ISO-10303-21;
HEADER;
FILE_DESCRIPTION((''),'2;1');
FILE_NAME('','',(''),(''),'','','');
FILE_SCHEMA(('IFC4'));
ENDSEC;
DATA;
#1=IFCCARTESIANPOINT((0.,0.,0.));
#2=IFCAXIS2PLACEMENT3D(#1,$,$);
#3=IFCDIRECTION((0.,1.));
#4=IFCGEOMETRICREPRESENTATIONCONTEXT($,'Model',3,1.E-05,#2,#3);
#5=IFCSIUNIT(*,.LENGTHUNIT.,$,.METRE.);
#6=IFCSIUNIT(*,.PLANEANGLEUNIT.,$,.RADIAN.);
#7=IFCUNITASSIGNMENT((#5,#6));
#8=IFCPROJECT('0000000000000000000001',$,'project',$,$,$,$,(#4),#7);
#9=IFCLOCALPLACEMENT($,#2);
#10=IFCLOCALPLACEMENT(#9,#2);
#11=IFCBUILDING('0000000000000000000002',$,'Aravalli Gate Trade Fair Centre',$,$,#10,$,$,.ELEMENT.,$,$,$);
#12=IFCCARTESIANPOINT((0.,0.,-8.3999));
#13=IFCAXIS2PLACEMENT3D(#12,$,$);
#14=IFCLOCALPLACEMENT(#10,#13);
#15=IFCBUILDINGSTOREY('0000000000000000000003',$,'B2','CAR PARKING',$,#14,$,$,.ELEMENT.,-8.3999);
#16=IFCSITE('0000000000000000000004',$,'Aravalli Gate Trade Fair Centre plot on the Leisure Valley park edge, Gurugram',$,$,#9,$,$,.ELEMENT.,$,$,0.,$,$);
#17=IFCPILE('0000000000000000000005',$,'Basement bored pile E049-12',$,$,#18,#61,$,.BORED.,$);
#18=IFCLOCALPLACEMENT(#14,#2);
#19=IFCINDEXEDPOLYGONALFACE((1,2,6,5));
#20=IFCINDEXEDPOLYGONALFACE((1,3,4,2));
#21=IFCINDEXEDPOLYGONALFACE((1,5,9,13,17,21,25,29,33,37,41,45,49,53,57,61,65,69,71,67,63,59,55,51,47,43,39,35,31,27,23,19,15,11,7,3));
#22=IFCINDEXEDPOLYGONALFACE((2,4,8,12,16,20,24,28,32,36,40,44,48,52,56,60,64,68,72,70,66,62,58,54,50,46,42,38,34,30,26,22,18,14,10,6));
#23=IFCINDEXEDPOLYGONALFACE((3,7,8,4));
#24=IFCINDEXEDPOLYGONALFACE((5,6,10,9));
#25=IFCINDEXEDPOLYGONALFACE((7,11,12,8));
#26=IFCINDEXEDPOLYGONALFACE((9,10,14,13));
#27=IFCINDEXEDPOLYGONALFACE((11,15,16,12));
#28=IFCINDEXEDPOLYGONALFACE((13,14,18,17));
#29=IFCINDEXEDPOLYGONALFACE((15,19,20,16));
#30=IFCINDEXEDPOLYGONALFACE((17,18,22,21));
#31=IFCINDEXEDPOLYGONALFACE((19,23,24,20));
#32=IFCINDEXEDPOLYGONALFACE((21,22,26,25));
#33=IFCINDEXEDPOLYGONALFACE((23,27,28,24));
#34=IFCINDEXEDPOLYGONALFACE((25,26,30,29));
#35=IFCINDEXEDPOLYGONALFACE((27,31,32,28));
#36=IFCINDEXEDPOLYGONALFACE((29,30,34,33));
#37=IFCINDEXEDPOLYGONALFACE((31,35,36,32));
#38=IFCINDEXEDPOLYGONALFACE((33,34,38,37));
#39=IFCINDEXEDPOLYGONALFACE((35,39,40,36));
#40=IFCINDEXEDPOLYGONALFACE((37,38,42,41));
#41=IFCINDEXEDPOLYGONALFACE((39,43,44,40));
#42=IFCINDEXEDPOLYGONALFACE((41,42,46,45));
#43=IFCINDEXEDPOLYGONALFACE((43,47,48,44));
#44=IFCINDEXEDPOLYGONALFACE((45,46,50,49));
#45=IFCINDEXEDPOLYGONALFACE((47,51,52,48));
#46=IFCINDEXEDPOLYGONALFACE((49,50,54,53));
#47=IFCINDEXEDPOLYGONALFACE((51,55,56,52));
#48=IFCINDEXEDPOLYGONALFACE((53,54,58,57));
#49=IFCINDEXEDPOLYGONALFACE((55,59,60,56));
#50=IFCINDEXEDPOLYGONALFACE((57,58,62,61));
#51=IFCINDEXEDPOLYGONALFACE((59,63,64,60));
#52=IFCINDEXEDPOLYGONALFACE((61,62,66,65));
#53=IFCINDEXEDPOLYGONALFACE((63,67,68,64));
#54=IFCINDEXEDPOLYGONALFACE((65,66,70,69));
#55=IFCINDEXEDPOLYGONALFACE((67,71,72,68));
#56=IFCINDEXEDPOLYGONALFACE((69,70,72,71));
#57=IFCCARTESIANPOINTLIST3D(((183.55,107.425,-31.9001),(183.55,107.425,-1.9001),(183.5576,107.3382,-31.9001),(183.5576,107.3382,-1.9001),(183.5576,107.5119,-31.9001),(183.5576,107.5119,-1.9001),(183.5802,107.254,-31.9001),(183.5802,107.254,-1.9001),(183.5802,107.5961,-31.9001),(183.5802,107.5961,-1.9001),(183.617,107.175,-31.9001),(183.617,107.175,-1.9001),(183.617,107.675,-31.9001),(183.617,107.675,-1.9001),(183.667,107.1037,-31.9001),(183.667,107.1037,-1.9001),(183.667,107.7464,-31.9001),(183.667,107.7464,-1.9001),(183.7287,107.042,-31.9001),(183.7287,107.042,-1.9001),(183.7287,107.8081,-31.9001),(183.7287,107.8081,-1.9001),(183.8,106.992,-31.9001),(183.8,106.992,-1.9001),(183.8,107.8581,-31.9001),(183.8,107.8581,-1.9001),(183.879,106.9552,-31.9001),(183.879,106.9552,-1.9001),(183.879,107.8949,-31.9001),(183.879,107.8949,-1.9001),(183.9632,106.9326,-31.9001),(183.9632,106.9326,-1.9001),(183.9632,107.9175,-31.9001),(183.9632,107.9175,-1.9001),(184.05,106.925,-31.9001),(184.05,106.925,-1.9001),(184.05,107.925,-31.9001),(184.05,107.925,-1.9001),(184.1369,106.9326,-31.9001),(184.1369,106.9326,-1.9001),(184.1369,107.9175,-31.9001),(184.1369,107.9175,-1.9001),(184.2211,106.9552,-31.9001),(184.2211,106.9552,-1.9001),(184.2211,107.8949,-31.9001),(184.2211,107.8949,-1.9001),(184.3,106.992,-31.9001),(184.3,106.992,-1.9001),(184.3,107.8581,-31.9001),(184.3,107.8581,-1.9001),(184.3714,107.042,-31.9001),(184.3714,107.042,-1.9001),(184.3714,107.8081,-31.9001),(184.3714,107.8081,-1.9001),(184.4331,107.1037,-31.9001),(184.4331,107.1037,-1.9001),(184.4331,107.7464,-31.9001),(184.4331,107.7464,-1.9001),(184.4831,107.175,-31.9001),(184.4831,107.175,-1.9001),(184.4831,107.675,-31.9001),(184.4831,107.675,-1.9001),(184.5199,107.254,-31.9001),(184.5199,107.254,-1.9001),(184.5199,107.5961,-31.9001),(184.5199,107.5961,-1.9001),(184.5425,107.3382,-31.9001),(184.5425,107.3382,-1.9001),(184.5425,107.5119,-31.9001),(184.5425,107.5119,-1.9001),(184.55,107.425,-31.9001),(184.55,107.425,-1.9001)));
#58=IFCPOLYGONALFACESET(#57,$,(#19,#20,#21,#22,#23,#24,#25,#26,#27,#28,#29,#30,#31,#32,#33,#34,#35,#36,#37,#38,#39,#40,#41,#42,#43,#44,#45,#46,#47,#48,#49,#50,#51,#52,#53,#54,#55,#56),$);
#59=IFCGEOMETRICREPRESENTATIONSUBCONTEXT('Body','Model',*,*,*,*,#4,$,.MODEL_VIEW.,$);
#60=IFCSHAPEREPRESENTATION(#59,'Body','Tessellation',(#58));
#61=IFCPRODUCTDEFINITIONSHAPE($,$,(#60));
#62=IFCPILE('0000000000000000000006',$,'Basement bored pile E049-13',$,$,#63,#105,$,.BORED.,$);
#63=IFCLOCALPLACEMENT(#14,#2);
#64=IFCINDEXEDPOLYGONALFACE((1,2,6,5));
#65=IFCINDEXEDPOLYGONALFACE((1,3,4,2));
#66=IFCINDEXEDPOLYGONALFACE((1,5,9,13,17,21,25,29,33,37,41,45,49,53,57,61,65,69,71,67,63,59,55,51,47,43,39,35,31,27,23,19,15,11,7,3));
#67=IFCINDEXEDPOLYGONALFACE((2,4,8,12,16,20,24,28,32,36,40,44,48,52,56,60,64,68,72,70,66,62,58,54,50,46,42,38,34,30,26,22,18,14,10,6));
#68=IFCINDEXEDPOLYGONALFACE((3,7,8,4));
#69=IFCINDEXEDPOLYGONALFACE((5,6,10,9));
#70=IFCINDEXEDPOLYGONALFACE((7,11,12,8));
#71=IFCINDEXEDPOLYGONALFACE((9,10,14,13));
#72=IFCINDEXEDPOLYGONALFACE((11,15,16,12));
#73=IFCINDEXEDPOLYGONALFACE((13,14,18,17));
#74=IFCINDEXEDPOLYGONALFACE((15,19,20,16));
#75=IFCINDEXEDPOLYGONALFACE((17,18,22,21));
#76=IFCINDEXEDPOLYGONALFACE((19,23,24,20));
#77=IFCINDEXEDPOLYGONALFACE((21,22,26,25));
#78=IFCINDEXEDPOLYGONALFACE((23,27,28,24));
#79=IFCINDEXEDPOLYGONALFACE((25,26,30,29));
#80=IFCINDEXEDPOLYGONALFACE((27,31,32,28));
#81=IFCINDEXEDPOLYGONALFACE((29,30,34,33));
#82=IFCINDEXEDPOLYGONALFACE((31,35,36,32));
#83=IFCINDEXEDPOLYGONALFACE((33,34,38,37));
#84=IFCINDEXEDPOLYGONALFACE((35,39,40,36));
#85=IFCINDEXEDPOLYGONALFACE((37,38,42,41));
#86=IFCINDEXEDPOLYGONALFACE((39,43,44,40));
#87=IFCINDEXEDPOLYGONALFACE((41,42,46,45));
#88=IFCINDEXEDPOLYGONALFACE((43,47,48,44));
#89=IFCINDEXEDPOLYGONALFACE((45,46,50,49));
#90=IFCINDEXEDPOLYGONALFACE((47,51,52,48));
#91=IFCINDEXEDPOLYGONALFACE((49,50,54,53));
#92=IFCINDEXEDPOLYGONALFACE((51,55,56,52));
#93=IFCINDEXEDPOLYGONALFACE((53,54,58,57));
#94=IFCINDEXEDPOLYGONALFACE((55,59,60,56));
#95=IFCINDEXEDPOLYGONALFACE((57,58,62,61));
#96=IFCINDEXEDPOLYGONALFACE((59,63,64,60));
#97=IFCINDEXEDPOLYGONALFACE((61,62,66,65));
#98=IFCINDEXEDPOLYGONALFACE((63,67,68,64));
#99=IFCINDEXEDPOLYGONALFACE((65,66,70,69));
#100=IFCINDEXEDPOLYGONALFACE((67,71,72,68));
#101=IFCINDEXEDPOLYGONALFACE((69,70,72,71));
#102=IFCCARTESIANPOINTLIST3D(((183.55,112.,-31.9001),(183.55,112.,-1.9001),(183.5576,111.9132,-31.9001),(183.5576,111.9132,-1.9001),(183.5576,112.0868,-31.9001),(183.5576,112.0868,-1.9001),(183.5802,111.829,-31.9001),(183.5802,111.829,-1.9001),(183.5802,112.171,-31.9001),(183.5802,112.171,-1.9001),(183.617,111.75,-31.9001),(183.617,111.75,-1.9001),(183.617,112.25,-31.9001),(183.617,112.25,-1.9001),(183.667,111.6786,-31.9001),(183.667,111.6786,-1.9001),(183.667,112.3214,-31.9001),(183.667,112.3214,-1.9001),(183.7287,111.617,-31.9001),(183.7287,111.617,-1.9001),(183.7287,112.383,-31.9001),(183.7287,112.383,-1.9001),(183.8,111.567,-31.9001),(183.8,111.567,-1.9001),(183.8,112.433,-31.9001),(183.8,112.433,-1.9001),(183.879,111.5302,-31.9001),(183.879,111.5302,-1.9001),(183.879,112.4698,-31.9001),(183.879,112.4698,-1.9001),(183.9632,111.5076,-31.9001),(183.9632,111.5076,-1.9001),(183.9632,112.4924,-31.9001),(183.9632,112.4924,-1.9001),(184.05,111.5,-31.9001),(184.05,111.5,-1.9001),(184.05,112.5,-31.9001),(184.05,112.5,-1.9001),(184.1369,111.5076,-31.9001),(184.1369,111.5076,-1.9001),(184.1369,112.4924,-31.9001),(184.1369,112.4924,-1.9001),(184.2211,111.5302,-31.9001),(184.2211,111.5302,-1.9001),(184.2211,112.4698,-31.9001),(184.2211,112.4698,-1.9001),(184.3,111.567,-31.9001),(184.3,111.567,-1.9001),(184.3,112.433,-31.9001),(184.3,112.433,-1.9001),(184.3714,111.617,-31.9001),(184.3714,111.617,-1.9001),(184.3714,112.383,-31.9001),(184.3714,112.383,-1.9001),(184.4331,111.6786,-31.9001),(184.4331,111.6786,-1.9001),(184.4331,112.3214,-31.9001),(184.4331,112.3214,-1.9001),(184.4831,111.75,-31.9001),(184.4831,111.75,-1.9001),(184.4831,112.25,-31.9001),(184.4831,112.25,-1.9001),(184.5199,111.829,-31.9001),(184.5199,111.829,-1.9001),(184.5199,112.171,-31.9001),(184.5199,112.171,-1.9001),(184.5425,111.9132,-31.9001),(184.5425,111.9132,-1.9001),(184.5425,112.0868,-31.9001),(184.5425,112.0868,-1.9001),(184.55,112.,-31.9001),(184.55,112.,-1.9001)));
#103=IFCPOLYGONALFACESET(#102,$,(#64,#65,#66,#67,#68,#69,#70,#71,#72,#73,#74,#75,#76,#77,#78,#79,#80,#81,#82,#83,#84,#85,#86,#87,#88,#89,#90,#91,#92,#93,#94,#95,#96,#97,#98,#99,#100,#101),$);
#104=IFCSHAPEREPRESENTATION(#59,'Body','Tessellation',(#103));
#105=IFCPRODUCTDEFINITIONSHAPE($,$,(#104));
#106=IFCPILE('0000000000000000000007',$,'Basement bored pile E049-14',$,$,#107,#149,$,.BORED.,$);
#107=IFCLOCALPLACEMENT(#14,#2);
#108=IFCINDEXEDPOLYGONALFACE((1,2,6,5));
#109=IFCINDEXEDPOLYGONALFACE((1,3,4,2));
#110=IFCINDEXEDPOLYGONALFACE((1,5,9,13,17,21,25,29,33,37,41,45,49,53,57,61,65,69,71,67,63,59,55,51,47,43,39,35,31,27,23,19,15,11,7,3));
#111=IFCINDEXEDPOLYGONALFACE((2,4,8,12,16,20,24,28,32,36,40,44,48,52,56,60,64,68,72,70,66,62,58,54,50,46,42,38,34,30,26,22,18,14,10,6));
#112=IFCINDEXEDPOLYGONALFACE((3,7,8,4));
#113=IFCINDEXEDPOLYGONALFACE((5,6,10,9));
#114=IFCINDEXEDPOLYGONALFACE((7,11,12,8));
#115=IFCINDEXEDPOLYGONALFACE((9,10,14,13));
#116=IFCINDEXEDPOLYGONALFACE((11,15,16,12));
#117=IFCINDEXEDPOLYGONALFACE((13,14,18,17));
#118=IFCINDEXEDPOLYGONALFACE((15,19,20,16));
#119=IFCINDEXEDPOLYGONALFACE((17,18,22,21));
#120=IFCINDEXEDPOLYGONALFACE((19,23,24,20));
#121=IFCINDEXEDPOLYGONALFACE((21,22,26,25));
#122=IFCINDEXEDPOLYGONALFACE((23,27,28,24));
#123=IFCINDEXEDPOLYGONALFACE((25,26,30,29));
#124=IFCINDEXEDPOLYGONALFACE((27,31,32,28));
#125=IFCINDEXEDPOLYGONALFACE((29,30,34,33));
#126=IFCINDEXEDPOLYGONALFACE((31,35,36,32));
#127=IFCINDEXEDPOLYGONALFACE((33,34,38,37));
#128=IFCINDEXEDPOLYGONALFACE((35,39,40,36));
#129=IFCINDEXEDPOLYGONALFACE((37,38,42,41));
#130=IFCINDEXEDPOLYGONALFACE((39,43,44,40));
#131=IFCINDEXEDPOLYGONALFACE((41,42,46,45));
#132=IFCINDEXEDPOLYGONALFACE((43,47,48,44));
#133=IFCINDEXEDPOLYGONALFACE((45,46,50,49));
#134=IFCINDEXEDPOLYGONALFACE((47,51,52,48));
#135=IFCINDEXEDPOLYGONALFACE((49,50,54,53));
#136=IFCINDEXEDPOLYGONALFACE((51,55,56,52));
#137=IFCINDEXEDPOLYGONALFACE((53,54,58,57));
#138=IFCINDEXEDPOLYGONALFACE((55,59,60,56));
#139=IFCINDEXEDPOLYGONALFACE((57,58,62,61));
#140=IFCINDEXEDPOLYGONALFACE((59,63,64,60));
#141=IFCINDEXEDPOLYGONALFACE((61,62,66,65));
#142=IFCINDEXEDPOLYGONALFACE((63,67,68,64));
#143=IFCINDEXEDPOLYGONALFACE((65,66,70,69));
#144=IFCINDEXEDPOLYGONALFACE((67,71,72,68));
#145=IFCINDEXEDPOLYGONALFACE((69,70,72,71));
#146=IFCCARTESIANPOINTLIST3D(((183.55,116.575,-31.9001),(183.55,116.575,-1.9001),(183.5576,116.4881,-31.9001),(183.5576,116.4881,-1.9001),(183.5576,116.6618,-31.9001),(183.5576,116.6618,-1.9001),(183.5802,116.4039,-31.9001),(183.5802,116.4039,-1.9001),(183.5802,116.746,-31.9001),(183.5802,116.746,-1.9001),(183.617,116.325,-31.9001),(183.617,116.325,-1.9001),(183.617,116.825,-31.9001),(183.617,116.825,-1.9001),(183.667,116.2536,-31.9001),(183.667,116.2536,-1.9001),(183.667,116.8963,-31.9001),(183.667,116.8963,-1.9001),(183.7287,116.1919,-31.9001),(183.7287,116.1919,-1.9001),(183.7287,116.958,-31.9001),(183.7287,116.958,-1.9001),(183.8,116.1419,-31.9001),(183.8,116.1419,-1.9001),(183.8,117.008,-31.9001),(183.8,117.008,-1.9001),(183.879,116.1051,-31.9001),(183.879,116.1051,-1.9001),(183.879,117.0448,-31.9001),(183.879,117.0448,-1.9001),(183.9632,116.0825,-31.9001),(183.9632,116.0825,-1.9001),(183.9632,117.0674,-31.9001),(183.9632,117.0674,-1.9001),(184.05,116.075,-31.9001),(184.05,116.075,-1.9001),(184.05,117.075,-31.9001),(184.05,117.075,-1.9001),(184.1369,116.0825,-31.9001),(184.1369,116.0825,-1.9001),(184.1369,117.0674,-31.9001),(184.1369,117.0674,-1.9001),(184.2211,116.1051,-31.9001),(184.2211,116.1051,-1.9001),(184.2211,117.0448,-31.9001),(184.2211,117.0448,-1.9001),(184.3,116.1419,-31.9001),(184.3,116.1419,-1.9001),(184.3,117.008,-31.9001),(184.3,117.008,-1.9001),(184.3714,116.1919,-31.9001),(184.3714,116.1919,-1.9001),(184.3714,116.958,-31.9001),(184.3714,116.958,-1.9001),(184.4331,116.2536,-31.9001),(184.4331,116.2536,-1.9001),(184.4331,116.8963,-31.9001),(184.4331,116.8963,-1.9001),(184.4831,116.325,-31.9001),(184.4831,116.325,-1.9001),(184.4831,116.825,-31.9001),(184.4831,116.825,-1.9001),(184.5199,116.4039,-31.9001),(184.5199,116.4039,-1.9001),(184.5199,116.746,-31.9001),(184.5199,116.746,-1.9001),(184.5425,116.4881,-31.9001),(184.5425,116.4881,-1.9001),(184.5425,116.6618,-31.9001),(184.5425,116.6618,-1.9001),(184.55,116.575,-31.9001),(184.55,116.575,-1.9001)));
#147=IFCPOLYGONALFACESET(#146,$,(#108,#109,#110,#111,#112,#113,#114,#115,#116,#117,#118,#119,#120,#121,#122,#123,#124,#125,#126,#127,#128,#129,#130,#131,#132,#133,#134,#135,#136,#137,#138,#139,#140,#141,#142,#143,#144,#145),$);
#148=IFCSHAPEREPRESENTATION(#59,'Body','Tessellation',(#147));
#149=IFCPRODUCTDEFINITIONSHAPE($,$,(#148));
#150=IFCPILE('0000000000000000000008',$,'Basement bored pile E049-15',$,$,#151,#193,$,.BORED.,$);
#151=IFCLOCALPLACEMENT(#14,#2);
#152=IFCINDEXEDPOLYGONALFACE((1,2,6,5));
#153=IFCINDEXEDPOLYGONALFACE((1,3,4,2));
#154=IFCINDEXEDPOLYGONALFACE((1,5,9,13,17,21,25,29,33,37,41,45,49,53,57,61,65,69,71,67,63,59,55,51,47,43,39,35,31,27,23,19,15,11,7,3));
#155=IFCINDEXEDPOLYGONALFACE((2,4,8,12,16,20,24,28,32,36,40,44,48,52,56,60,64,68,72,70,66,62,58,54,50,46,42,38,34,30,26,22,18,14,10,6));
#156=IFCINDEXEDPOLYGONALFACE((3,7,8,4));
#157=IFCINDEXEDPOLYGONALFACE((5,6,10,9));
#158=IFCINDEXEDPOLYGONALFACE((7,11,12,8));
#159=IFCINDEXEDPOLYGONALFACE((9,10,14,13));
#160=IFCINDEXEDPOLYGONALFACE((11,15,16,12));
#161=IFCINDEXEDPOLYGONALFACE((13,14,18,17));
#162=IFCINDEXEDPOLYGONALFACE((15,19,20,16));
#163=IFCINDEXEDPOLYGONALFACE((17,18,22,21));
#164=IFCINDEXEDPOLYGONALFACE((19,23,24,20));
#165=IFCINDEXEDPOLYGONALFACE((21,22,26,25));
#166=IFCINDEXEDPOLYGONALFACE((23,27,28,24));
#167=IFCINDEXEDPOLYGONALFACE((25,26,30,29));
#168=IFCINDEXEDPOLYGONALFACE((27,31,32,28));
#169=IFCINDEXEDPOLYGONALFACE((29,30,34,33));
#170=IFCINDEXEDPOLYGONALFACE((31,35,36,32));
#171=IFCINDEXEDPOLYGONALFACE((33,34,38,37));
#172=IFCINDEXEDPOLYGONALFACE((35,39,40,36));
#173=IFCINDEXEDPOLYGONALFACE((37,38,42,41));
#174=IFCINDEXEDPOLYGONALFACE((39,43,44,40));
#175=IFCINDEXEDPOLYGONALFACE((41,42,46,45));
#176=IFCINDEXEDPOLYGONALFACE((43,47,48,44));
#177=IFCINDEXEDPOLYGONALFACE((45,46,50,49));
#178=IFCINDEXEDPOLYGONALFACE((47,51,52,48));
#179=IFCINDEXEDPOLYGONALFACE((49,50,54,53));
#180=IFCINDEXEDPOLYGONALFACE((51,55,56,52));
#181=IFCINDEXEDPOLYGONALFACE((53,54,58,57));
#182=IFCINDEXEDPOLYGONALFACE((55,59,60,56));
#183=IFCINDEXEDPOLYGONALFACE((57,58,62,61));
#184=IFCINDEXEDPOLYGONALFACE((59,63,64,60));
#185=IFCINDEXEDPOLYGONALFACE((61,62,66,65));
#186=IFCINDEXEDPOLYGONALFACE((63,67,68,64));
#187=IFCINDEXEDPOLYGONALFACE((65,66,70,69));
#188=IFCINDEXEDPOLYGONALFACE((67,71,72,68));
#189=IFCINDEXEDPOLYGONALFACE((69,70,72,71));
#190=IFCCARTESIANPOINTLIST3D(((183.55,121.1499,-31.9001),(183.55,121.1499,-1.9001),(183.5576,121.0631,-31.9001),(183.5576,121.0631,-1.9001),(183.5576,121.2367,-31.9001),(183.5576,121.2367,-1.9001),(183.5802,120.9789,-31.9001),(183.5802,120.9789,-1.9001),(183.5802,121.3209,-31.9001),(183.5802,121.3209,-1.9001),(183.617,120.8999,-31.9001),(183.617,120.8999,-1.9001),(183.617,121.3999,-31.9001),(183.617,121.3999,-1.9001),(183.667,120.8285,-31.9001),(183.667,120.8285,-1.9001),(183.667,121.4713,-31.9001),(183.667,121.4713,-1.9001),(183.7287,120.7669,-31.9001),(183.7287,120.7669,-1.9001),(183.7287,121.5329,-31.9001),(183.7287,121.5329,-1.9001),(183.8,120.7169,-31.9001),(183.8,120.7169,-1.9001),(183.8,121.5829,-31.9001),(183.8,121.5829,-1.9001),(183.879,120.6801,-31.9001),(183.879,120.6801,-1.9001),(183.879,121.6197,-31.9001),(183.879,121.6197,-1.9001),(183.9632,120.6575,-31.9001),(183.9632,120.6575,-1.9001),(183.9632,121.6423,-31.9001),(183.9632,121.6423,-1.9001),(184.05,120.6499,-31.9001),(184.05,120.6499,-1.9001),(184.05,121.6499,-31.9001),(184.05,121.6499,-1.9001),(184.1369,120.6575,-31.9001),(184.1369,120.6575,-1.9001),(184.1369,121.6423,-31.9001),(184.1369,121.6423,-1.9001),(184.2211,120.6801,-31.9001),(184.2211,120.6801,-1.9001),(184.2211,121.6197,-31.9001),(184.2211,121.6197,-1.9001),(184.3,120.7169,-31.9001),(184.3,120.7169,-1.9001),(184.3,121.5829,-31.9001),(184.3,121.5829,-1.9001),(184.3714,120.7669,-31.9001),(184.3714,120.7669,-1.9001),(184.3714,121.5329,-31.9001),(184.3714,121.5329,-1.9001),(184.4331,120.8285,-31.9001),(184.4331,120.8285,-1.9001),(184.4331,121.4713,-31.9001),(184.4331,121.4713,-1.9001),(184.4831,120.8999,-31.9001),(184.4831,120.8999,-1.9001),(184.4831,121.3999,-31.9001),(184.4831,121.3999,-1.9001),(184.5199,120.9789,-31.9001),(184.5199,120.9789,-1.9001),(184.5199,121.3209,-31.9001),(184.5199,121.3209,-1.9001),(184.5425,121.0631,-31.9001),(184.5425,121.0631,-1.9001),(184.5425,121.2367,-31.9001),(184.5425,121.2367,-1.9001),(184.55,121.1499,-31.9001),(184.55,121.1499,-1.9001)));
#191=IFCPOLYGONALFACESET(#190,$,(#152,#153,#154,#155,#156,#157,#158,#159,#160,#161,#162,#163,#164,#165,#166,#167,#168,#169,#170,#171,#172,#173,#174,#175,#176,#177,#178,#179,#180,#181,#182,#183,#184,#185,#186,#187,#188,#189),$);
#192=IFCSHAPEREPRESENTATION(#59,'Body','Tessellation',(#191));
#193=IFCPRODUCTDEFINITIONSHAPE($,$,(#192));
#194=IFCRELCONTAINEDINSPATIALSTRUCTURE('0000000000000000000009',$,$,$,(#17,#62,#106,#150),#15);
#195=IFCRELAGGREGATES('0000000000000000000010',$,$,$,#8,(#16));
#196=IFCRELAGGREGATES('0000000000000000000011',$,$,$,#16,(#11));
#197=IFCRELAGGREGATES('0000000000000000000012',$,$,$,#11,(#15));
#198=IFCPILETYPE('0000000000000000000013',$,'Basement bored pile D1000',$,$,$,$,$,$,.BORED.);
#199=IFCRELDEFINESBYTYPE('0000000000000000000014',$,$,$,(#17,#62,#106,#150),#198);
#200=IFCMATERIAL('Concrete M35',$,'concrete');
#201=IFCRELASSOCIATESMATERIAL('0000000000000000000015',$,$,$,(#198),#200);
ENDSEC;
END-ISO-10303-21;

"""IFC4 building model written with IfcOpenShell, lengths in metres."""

from ifc_helpers import new_model, si_unit, direction, frame, origin, origin_2d, place, context, subcontext, project, spatial, circle, extrude, material, material_profile, profile_set, type_object, element, save


model = new_model("IFC4")

# Units and contexts
model_context = context("Model", 3, precision=1e-05, world=origin(), true_north=direction((0.0, 1.0)))
body_context = subcontext(model_context, "Body", "Model", "MODEL_VIEW")
ifc_project = project(units=[si_unit("LENGTHUNIT", "METRE"), si_unit("PLANEANGLEUNIT", "RADIAN")], contexts=[model_context])

# Site, building, storey
site_placement = place(None, origin())
site = spatial("IfcSite", under=ifc_project, at=site_placement, Name="Aravalli Gate Trade Fair Centre plot on the Leisure Valley park edge, Gurugram", CompositionType="ELEMENT", RefElevation=0.0)
building_placement = place(site_placement, origin())
building = spatial("IfcBuilding", under=site, at=building_placement, Name="Aravalli Gate Trade Fair Centre", CompositionType="ELEMENT")
storey_placement = place(building_placement, frame((0.0, 0.0, -8.3999)))
storey = spatial("IfcBuildingStorey", under=building, at=storey_placement, Name="B2", Description="CAR PARKING", CompositionType="ELEMENT", Elevation=-8.3999)

# Piles
ifc_material_1 = material(Name="Concrete M35", Category="concrete")
ifc_material_profile = material_profile(ifc_material_1, circle(Radius=0.5, at=origin_2d()), Name="D1000")
ifc_profile_set = profile_set([ifc_material_profile], Name="Concrete M35")
pile_type = type_object("IfcPileType", Name="Basement bored pile D1000", PredefinedType="BORED", material=ifc_profile_set)
for number, where, z_axis, x_axis, name in (
    (1, (184.05, 107.425, -1.9001), (0.0, 0.0, -1.0), (1.0, 0.0, 0.0), "Basement bored pile E049-12"),
    (2, (184.05, 112.0, -1.9001), (0.0, 0.0, -1.0), (1.0, 0.0, 0.0), "Basement bored pile E049-13"),
    (3, (184.05, 116.575, -1.9001), (0.0, 0.0, -1.0), (1.0, 0.0, 0.0), "Basement bored pile E049-14"),
    (4, (184.05, 121.1499, -1.9001), (0.0, 0.0, -1.0), (1.0, 0.0, 0.0), "Basement bored pile E049-15"),
):
    element("IfcPile", number, at=place(storey_placement, frame(where, z_axis=z_axis, x_axis=x_axis)), inside=storey, type_object=pile_type, Name=name, PredefinedType="BORED", context=body_context, shape_type="SweptSolid", body=[
        extrude(circle(Radius=0.5, at=origin_2d()), origin(), (0.0, 0.0, 1.0), 30.0),
    ])

save(model, "model.ifc")
